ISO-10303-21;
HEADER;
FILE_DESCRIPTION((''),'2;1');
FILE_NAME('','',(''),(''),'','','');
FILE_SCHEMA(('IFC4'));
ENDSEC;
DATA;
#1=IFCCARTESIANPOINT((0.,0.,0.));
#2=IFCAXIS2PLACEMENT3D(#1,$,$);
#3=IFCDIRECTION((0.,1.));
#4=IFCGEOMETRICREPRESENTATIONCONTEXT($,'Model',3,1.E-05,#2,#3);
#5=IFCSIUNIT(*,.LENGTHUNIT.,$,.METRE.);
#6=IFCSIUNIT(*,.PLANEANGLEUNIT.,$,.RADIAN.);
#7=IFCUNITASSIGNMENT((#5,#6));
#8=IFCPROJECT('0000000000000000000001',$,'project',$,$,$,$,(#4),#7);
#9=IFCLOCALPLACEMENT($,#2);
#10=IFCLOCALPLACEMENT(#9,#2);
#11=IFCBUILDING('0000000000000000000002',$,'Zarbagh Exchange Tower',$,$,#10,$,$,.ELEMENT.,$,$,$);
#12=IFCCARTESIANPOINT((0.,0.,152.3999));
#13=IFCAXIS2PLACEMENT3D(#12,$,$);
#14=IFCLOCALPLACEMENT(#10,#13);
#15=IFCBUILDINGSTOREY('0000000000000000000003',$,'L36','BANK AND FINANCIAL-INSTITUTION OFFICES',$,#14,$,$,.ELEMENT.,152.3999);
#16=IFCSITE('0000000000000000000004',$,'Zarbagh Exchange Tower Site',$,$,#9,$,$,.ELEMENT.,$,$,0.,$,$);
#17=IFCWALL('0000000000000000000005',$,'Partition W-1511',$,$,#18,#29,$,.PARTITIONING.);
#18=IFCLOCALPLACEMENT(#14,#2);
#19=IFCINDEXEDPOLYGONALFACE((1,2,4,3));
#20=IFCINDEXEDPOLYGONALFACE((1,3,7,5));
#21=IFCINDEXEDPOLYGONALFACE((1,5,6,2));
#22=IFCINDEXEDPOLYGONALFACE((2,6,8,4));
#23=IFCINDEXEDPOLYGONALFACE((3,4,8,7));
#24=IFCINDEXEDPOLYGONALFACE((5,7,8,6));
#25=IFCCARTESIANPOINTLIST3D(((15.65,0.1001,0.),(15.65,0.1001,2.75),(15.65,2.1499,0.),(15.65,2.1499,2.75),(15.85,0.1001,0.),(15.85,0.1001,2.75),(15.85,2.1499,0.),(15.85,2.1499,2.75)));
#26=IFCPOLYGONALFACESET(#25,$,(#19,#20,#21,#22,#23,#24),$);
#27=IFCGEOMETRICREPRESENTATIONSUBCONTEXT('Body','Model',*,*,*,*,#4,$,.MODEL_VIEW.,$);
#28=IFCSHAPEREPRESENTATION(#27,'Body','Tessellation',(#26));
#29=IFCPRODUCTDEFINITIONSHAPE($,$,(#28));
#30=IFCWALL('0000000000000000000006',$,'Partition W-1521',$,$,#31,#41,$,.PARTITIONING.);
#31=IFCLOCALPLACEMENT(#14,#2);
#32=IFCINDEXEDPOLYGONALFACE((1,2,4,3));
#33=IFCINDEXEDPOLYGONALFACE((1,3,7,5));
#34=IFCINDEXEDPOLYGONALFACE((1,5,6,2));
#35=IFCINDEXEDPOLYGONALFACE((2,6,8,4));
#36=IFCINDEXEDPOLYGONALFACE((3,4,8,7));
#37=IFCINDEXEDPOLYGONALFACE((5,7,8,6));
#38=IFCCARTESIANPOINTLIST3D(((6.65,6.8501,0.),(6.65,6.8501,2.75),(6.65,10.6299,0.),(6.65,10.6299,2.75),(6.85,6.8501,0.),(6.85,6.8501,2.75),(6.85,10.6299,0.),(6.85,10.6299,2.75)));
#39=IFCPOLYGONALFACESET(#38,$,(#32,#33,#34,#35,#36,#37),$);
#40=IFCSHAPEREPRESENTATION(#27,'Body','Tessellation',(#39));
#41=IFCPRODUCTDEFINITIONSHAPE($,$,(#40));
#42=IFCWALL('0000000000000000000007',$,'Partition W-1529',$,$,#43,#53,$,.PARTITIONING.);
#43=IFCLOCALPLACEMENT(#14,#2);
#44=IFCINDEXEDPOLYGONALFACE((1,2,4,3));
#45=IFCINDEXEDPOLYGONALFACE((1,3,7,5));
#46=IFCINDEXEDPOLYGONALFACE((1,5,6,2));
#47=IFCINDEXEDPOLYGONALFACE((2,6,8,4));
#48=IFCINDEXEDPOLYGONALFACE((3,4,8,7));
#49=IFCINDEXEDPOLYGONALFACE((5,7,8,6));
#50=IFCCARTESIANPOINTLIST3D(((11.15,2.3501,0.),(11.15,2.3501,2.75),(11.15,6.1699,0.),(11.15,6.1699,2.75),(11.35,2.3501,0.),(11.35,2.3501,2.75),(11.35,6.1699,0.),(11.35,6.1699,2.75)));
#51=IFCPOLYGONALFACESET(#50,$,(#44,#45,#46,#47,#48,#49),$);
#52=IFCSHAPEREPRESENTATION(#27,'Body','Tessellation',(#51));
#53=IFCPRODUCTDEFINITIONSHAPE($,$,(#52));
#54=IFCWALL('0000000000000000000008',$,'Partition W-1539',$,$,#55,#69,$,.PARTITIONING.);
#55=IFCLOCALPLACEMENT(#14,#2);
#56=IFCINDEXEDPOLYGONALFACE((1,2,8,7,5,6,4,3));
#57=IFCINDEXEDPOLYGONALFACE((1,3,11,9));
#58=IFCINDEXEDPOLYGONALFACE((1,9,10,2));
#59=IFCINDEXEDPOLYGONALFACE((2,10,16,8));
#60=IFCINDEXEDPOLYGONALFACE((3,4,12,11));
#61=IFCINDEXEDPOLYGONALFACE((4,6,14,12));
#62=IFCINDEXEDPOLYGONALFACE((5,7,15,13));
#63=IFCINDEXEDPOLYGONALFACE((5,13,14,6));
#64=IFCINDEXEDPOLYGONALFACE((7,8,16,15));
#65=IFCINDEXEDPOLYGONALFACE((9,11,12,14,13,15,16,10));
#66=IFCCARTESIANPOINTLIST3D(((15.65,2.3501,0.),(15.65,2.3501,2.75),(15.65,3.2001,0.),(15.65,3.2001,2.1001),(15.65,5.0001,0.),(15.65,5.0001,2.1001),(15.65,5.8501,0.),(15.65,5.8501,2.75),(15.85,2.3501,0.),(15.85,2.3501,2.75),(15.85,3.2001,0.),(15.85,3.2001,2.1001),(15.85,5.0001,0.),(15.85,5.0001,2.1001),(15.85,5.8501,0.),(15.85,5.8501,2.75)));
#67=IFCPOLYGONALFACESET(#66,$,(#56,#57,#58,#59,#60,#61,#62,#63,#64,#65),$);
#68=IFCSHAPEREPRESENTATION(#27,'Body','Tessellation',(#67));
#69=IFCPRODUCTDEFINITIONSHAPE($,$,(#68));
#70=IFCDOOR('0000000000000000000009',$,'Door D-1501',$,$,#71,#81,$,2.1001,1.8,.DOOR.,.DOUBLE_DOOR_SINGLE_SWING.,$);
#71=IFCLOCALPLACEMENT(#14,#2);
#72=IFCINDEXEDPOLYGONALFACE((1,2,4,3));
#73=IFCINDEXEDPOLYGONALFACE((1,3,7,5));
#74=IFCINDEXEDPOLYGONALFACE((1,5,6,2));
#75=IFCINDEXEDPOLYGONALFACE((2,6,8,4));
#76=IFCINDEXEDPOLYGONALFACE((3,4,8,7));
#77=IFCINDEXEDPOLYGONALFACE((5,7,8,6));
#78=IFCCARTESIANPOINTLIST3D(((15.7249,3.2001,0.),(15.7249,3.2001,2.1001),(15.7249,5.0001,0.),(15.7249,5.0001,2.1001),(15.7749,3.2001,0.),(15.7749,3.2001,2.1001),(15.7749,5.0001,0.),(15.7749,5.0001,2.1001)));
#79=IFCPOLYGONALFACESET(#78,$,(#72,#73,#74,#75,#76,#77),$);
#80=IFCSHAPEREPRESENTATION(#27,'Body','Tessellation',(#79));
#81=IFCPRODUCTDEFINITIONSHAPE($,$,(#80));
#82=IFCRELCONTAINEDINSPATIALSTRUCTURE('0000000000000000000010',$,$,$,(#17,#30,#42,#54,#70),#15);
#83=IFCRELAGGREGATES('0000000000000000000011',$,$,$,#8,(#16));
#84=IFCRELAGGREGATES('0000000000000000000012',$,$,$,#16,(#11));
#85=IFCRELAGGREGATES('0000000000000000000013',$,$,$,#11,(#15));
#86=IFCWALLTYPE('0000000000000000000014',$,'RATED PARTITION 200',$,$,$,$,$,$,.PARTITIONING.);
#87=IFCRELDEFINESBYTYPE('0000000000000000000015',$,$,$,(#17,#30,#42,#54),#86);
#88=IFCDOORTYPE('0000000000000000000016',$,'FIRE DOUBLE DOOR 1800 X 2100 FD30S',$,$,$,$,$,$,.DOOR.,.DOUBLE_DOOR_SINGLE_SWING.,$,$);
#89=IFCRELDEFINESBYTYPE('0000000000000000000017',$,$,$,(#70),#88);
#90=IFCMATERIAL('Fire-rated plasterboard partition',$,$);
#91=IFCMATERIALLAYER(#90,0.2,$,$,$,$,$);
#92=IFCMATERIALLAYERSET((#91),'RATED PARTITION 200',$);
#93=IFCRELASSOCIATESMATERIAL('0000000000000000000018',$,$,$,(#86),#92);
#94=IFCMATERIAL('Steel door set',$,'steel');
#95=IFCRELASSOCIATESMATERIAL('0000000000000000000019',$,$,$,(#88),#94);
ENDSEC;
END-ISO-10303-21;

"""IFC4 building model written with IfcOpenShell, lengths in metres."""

from ifc_helpers import new_model, si_unit, direction, frame, frame_2d, origin, place, context, subcontext, project, spatial, rectangle, extrude, material, layer, layer_set, type_object, element, fill, save


model = new_model("IFC4")

# Units and contexts
model_context = context("Model", 3, precision=1e-05, world=origin(), true_north=direction((0.0, 1.0)))
body_context = subcontext(model_context, "Body", "Model", "MODEL_VIEW")
ifc_project = project(units=[si_unit("LENGTHUNIT", "METRE"), si_unit("PLANEANGLEUNIT", "RADIAN")], contexts=[model_context])

# Site, building, storey
site_placement = place(None, origin())
site = spatial("IfcSite", under=ifc_project, at=site_placement, Name="Zarbagh Exchange Tower Site", CompositionType="ELEMENT", RefElevation=0.0)
building_placement = place(site_placement, origin())
building = spatial("IfcBuilding", under=site, at=building_placement, Name="Zarbagh Exchange Tower", CompositionType="ELEMENT")
storey_placement = place(building_placement, frame((0.0, 0.0, 152.3999)))
storey = spatial("IfcBuildingStorey", under=building, at=storey_placement, Name="L36", Description="BANK AND FINANCIAL-INSTITUTION OFFICES", CompositionType="ELEMENT", Elevation=152.3999)

# Shared definitions
ifc_material_1 = material(Name="Fire-rated plasterboard partition")
ifc_layer = layer(ifc_material_1, 0.2)
ifc_layer_set = layer_set([ifc_layer], Name="RATED PARTITION 200")
wall_type = type_object("IfcWallType", Name="RATED PARTITION 200", PredefinedType="PARTITIONING", material=ifc_layer_set)
ifc_material_2 = material(Name="Steel door set", Category="steel")

# Walls
wall_1_placement = place(storey_placement, frame((15.75, 0.1001, 0.0), z_axis=(0.0, 0.0, 1.0), x_axis=(0.0, 1.0, 0.0)))
element("IfcWall", 1, at=wall_1_placement, inside=storey, type_object=wall_type, Name="Partition W-1511", PredefinedType="PARTITIONING", context=body_context, shape_type="SweptSolid", body=[
    extrude(rectangle(XDim=2.0498, YDim=0.2, at=frame_2d((1.0249, 0.0))), origin(), (0.0, 0.0, 1.0), 2.75),
])
wall_2_placement = place(storey_placement, frame((6.75, 6.8501, 0.0), z_axis=(0.0, 0.0, 1.0), x_axis=(0.0, 1.0, 0.0)))
element("IfcWall", 2, at=wall_2_placement, inside=storey, type_object=wall_type, Name="Partition W-1521", PredefinedType="PARTITIONING", context=body_context, shape_type="SweptSolid", body=[
    extrude(rectangle(XDim=3.7798, YDim=0.2, at=frame_2d((1.8899, 0.0))), origin(), (0.0, 0.0, 1.0), 2.75),
])
wall_3_placement = place(storey_placement, frame((11.25, 2.3501, 0.0), z_axis=(0.0, 0.0, 1.0), x_axis=(0.0, 1.0, 0.0)))
element("IfcWall", 3, at=wall_3_placement, inside=storey, type_object=wall_type, Name="Partition W-1529", PredefinedType="PARTITIONING", context=body_context, shape_type="SweptSolid", body=[
    extrude(rectangle(XDim=3.8198, YDim=0.2, at=frame_2d((1.9099, 0.0))), origin(), (0.0, 0.0, 1.0), 2.75),
])

# Wall, opening, door
wall_4_placement = place(storey_placement, frame((15.75, 5.8501, 0.0), z_axis=(0.0, 0.0, 1.0), x_axis=(0.0, -1.0, 0.0)))
wall_4 = element("IfcWall", 4, at=wall_4_placement, inside=storey, type_object=wall_type, Name="Partition W-1539", PredefinedType="PARTITIONING", context=body_context, shape_type="SweptSolid", body=[
    extrude(rectangle(XDim=3.5, YDim=0.2, at=frame_2d((1.75, 0.0))), origin(), (0.0, 0.0, 1.0), 2.75),
])
opening_1_placement = place(wall_4_placement, frame((0.8501, 0.0, 0.0)))
opening_1 = element("IfcOpeningElement", 5, at=opening_1_placement, cuts=wall_4, PredefinedType="OPENING", context=body_context, shape_type="SweptSolid", body=[
    extrude(rectangle(XDim=1.8, YDim=2.1001, at=frame_2d((0.8999, 1.05))), frame((0.0, 0.1099, 0.0), z_axis=(0.0, -1.0, 0.0), x_axis=(1.0, 0.0, 0.0)), (0.0, 0.0, 1.0), 0.22),
])
door_type_1 = type_object("IfcDoorType", Name="FIRE DOUBLE DOOR 1800 X 2100 FD30S", OperationType="DOUBLE_DOOR_SINGLE_SWING", PredefinedType="DOOR", material=ifc_material_2)
door_1_placement = place(opening_1_placement, origin())
door_1 = element("IfcDoor", 6, at=door_1_placement, inside=storey, type_object=door_type_1, Name="Door D-1501", OperationType="DOUBLE_DOOR_SINGLE_SWING", OverallHeight=2.1001, OverallWidth=1.8, PredefinedType="DOOR", context=body_context, shape_type="SweptSolid", body=[
    extrude(rectangle(XDim=1.8, YDim=2.1001, at=frame_2d((0.8999, 1.05))), frame((0.0, 0.0249, 0.0), z_axis=(0.0, -1.0, 0.0), x_axis=(1.0, 0.0, 0.0)), (0.0, 0.0, 1.0), 0.05),
])
fill(opening_1, door_1)

save(model, "model.ifc")
